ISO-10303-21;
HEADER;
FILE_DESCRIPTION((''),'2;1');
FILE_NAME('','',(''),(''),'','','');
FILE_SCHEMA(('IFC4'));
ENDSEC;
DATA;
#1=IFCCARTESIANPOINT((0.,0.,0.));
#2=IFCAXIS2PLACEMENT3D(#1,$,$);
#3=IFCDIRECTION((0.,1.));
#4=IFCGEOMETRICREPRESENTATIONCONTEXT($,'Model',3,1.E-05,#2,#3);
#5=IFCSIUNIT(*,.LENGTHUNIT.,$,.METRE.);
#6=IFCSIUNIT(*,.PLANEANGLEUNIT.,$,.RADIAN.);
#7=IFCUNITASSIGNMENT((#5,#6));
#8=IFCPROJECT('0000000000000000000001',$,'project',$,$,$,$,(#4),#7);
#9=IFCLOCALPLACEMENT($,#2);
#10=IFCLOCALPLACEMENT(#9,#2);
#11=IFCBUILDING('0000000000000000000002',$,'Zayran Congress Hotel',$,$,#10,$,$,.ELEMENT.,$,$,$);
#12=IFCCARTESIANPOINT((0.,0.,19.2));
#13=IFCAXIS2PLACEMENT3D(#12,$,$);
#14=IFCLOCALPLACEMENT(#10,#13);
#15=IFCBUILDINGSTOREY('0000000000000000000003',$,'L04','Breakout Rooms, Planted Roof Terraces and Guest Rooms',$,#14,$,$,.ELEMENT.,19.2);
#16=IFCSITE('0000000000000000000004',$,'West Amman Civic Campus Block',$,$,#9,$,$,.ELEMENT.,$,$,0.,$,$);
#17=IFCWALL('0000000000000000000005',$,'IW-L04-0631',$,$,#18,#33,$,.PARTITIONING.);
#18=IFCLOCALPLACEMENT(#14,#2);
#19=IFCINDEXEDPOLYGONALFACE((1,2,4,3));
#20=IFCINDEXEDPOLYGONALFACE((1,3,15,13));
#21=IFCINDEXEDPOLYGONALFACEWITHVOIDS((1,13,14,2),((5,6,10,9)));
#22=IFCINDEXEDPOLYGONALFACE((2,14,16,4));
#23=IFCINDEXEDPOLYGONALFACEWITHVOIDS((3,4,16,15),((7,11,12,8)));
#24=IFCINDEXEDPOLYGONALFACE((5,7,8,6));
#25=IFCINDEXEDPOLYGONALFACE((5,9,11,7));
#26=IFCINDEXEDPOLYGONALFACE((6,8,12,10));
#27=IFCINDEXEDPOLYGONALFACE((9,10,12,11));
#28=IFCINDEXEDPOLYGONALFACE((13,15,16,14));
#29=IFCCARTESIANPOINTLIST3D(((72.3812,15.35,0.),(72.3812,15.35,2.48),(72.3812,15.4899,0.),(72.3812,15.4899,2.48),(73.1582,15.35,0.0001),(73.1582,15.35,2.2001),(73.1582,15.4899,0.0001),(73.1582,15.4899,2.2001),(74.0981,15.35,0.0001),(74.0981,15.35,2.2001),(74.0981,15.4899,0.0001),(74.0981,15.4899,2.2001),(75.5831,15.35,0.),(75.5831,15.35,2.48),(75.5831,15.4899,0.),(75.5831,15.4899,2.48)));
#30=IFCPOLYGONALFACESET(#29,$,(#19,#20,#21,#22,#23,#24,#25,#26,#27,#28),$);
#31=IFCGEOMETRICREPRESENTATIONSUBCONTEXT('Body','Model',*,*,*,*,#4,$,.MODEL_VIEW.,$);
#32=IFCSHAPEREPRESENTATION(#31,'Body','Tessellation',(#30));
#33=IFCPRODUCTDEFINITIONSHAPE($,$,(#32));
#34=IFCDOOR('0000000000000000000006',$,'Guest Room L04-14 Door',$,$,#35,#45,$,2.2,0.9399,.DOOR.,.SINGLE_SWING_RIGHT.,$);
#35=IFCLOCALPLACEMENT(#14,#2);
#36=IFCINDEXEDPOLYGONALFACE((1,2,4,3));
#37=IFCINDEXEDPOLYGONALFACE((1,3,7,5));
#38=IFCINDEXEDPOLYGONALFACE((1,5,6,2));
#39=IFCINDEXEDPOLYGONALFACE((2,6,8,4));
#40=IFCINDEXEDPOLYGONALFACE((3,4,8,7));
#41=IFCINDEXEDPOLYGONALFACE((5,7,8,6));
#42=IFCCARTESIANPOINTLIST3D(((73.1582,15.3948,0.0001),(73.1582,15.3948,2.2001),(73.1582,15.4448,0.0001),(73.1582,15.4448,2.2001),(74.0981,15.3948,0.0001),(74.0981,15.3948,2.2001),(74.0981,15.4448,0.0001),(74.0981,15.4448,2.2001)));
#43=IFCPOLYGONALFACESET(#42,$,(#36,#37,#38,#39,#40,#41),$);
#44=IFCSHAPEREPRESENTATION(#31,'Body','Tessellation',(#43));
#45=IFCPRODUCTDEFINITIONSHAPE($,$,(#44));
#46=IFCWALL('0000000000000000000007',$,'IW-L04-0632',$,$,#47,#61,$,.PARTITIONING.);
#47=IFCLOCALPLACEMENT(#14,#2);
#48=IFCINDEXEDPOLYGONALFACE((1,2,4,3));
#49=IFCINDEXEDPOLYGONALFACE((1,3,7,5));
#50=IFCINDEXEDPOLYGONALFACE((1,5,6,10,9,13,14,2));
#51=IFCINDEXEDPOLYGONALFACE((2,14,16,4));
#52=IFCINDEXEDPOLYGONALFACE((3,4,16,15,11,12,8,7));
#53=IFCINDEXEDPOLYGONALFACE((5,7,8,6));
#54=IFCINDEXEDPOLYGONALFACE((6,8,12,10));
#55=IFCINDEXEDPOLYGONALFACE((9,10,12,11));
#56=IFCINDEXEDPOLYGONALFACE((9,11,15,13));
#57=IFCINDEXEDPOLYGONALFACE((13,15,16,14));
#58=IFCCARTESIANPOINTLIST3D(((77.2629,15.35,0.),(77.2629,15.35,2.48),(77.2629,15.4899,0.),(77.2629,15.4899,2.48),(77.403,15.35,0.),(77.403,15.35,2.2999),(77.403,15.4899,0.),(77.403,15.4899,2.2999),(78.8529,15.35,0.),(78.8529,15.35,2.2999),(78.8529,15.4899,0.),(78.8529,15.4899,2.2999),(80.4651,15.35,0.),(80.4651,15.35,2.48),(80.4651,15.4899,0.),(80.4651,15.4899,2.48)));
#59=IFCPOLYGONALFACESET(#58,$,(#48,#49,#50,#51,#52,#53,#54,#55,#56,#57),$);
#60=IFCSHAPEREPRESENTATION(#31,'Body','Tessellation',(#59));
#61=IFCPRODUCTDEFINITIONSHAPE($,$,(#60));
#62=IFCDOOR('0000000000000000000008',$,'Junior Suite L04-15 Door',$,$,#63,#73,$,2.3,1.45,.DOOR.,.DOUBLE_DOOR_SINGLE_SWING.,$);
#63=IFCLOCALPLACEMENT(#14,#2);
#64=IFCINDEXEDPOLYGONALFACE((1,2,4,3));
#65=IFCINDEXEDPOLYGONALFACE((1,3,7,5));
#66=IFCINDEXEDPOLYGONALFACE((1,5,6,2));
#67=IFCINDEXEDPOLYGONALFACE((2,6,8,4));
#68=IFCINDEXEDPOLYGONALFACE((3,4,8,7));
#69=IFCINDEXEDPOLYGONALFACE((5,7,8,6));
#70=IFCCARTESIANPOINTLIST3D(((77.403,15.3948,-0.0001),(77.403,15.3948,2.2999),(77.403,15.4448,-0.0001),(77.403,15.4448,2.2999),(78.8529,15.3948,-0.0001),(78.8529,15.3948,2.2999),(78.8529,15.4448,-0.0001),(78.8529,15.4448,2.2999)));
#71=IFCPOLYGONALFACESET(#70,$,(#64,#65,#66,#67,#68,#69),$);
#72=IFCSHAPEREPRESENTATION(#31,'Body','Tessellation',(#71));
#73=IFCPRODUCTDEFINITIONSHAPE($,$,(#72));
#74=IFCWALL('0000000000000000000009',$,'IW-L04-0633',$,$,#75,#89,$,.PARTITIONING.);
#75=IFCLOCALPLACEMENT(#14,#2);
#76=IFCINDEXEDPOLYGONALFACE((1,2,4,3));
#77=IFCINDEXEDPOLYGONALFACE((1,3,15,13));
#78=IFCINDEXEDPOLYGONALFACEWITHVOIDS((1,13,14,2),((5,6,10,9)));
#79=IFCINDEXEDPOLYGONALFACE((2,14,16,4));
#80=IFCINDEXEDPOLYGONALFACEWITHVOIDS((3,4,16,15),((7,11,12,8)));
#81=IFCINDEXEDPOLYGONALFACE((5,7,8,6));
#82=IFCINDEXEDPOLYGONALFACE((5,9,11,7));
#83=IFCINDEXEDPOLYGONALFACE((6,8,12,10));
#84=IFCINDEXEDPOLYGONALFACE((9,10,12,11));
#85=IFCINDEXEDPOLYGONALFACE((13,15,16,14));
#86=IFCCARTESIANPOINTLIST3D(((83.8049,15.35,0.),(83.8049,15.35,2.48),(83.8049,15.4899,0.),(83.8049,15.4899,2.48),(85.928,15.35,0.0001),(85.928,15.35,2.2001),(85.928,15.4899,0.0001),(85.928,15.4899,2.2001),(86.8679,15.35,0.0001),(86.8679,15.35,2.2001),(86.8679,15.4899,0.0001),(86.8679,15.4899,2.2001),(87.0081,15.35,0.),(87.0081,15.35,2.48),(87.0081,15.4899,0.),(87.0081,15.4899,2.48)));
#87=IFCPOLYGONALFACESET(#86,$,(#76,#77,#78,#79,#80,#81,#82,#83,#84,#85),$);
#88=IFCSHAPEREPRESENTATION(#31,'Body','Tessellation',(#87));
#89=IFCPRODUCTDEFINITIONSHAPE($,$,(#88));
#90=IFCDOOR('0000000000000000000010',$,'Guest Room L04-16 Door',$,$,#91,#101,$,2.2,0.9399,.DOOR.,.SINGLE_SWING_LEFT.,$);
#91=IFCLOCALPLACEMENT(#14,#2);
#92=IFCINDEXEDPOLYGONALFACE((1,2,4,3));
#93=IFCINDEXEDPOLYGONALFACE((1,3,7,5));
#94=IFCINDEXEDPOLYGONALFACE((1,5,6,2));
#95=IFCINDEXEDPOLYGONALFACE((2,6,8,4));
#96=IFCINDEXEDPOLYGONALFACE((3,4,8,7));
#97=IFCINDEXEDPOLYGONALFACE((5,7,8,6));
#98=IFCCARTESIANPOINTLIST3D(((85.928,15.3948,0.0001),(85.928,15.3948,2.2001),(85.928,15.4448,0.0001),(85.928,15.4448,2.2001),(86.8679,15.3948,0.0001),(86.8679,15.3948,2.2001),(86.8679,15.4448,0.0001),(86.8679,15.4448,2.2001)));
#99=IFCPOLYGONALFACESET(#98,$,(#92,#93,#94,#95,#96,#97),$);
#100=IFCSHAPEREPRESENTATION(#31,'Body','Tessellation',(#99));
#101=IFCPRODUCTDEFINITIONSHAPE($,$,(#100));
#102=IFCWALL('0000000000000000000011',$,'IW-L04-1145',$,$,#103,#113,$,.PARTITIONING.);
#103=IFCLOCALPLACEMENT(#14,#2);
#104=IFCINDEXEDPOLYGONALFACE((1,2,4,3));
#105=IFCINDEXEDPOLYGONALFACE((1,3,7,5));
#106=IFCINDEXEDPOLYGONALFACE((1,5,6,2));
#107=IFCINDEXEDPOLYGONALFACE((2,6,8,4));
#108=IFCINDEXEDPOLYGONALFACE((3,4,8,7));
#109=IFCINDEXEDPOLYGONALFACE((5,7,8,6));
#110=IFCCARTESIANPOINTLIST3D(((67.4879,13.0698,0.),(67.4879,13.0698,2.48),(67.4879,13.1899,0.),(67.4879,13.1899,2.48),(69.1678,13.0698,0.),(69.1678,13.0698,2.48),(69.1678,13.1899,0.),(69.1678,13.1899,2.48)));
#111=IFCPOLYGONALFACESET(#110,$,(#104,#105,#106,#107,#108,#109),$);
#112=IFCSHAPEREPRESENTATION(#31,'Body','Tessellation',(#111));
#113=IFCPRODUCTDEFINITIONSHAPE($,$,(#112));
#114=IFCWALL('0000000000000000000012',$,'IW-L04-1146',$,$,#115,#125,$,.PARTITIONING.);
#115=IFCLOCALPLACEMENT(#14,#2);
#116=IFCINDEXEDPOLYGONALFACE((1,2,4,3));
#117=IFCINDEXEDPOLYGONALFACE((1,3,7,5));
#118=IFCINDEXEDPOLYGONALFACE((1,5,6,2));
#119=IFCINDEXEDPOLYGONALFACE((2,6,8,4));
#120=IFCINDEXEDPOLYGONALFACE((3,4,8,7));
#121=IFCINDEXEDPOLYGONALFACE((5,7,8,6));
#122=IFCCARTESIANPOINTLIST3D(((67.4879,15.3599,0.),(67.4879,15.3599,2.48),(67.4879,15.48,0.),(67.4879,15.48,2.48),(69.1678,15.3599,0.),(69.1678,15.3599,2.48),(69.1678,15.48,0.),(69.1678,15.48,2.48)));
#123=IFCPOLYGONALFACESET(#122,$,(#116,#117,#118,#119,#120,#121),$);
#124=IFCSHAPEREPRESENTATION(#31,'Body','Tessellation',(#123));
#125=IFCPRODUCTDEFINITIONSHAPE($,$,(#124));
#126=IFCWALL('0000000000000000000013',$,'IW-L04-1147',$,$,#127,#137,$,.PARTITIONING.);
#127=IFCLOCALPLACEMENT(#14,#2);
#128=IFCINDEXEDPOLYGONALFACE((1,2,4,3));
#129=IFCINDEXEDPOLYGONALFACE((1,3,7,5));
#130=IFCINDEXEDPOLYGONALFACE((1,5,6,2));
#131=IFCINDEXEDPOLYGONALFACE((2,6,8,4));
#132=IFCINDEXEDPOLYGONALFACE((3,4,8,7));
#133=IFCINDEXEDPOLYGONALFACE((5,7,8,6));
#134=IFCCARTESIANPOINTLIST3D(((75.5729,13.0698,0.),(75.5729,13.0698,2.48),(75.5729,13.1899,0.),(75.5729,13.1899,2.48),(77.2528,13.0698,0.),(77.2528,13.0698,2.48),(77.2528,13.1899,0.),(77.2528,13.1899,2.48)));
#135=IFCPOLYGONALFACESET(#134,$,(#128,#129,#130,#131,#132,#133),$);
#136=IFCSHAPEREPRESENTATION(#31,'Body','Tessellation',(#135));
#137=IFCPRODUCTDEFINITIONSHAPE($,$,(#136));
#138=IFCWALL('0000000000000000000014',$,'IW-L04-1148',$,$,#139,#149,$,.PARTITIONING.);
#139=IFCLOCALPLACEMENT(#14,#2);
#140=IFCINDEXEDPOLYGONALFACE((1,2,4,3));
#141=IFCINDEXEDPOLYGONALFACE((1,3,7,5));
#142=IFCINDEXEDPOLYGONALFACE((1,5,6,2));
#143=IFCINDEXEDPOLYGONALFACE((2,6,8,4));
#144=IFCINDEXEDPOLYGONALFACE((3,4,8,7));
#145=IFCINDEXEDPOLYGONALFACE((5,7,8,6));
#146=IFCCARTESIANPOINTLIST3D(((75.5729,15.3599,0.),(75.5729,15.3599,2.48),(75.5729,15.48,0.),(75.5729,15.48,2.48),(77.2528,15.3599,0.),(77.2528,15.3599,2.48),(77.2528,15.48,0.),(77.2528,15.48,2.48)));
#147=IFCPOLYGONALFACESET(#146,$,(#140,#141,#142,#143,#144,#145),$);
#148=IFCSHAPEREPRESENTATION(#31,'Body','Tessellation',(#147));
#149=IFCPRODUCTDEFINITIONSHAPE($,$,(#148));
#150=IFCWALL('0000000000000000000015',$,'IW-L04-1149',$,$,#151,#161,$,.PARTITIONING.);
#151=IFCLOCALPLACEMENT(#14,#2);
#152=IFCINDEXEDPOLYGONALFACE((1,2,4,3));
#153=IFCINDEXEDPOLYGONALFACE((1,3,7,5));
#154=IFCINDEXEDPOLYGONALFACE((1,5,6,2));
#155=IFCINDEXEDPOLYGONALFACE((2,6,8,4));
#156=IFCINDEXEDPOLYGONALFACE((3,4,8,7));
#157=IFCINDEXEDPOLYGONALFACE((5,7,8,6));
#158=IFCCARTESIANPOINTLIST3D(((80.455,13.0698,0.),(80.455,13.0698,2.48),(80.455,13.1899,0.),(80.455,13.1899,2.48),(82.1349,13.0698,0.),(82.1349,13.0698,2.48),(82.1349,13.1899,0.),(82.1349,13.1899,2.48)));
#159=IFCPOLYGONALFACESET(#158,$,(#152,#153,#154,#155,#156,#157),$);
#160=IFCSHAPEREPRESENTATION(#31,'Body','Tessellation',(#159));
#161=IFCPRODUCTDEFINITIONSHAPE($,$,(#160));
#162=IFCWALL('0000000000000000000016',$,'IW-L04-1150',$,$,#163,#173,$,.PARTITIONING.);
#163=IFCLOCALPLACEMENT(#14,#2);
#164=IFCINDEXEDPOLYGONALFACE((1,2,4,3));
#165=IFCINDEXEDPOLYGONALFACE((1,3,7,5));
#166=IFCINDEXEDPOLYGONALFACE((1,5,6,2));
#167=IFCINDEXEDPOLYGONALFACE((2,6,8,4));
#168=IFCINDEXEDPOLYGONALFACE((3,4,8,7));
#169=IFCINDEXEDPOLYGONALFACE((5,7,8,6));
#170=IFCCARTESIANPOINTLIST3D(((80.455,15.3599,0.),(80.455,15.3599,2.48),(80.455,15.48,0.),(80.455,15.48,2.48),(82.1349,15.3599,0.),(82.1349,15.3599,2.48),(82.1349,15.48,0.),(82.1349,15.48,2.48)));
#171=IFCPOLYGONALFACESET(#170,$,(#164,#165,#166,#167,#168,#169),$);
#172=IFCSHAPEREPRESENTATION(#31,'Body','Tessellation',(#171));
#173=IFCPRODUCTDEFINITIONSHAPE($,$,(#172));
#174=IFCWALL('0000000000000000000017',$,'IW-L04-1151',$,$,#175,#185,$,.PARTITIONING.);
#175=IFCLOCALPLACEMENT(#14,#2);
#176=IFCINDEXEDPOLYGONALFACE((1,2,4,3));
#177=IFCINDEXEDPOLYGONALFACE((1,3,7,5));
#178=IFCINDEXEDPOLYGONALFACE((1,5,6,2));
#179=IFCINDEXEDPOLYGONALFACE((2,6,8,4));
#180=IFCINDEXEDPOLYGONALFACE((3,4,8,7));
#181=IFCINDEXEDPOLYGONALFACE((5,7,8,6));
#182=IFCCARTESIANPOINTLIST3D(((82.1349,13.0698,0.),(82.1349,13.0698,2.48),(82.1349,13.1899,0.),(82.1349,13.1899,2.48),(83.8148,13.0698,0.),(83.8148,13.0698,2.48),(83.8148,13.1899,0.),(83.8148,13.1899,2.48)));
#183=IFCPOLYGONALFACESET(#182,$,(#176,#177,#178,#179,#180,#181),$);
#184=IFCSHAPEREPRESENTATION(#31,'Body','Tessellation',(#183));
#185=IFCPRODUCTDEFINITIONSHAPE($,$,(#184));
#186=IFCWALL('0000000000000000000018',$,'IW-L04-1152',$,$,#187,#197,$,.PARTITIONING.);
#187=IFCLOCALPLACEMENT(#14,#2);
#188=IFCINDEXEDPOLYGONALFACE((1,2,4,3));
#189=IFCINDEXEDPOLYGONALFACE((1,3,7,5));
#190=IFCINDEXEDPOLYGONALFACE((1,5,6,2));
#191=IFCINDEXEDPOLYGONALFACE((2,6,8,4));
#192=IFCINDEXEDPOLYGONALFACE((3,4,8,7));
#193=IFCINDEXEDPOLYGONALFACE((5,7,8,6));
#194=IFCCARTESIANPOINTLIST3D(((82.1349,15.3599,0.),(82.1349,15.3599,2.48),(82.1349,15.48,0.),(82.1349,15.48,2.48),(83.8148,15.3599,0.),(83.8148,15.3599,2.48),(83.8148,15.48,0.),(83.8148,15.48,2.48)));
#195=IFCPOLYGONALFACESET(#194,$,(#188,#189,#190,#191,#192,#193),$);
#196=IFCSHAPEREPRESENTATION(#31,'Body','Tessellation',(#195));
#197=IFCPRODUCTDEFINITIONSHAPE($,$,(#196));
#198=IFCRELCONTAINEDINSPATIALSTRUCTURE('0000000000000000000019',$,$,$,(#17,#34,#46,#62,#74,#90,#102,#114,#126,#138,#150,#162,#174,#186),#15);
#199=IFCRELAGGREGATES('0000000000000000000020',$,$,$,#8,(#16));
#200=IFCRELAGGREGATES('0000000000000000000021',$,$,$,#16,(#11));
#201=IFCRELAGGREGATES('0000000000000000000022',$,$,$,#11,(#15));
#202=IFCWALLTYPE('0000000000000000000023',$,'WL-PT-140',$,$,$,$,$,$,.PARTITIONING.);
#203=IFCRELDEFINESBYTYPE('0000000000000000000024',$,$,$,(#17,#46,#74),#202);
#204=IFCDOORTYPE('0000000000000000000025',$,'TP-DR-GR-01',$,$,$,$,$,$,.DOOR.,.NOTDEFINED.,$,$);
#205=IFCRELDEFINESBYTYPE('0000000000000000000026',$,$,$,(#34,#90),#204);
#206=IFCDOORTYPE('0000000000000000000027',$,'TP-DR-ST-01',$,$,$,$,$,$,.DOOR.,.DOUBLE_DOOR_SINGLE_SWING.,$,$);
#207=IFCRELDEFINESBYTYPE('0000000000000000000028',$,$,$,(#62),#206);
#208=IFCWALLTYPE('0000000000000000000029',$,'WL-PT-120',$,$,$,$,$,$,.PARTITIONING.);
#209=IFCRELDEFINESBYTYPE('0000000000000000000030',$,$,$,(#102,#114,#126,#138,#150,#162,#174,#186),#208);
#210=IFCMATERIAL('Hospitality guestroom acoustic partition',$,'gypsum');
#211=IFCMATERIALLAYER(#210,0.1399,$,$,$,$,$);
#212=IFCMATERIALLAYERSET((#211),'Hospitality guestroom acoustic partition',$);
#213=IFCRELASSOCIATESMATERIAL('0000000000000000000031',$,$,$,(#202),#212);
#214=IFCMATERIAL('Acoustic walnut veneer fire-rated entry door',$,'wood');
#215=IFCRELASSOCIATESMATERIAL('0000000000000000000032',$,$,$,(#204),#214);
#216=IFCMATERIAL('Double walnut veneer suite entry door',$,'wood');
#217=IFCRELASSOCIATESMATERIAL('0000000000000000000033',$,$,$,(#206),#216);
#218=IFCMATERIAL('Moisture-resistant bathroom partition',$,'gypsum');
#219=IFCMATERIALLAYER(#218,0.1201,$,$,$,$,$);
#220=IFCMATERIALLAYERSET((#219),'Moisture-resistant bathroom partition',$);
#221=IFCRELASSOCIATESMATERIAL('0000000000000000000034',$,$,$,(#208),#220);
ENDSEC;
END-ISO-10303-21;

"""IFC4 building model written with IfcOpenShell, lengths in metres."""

from ifc_helpers import new_model, si_unit, direction, frame, frame_2d, origin, place, context, subcontext, project, spatial, rectangle, extrude, material, layer, layer_set, type_object, element, fill, save


model = new_model("IFC4")

# Units and contexts
model_context = context("Model", 3, precision=1e-05, world=origin(), true_north=direction((0.0, 1.0)))
body_context = subcontext(model_context, "Body", "Model", "MODEL_VIEW")
ifc_project = project(units=[si_unit("LENGTHUNIT", "METRE"), si_unit("PLANEANGLEUNIT", "RADIAN")], contexts=[model_context])

# Site, building, storey
site_placement = place(None, origin())
site = spatial("IfcSite", under=ifc_project, at=site_placement, Name="West Amman Civic Campus Block", CompositionType="ELEMENT", RefElevation=0.0)
building_placement = place(site_placement, origin())
building = spatial("IfcBuilding", under=site, at=building_placement, Name="Zayran Congress Hotel", CompositionType="ELEMENT")
storey_placement = place(building_placement, frame((0.0, 0.0, 19.2)))
storey = spatial("IfcBuildingStorey", under=building, at=storey_placement, Name="L04", Description="Breakout Rooms, Planted Roof Terraces and Guest Rooms", CompositionType="ELEMENT", Elevation=19.2)

# Walls, openings, doors
ifc_material_1 = material(Name="Hospitality guestroom acoustic partition", Category="gypsum")
ifc_layer_1 = layer(ifc_material_1, 0.1399)
ifc_layer_set_1 = layer_set([ifc_layer_1], Name="Hospitality guestroom acoustic partition")
wall_type_1 = type_object("IfcWallType", Name="WL-PT-140", PredefinedType="PARTITIONING", material=ifc_layer_set_1)
ifc_material_2 = material(Name="Acoustic walnut veneer fire-rated entry door", Category="wood")
door_type_1 = type_object("IfcDoorType", Name="TP-DR-GR-01", OperationType="NOTDEFINED", PredefinedType="DOOR", material=ifc_material_2)
wall_1_placement = place(storey_placement, frame((72.3811, 15.4199, 0.0), z_axis=(0.0, 0.0, 1.0), x_axis=(1.0, 0.0, 0.0)))
wall_1 = element("IfcWall", 1, at=wall_1_placement, inside=storey, type_object=wall_type_1, Name="IW-L04-0631", PredefinedType="PARTITIONING", context=body_context, shape_type="SweptSolid", body=[
    extrude(rectangle(XDim=3.2019, YDim=0.1399, at=frame_2d((1.6011, 0.0))), origin(), (0.0, 0.0, 1.0), 2.48),
])
opening_1_placement = place(wall_1_placement, frame((0.7771, 0.0, 0.0)))
opening_1 = element("IfcOpeningElement", 2, at=opening_1_placement, cuts=wall_1, PredefinedType="OPENING", context=body_context, shape_type="SweptSolid", body=[
    extrude(rectangle(XDim=0.9399, YDim=2.2, at=frame_2d((0.47, 1.1001))), frame((0.0, 0.0798, 0.0), z_axis=(0.0, -1.0, 0.0), x_axis=(1.0, 0.0, 0.0)), (0.0, 0.0, 1.0), 0.1599),
])
door_1_placement = place(opening_1_placement, origin())
door_1 = element("IfcDoor", 3, at=door_1_placement, inside=storey, type_object=door_type_1, Name="Guest Room L04-14 Door", OperationType="SINGLE_SWING_RIGHT", OverallHeight=2.2, OverallWidth=0.9399, PredefinedType="DOOR", context=body_context, shape_type="SweptSolid", body=[
    extrude(rectangle(XDim=0.9399, YDim=2.2, at=frame_2d((0.47, 1.1001))), frame((0.0, 0.0249, 0.0), z_axis=(0.0, -1.0, 0.0), x_axis=(1.0, 0.0, 0.0)), (0.0, 0.0, 1.0), 0.05),
])
fill(opening_1, door_1)
wall_2_placement = place(storey_placement, frame((77.2629, 15.4199, 0.0), z_axis=(0.0, 0.0, 1.0), x_axis=(1.0, 0.0, 0.0)))
wall_2 = element("IfcWall", 4, at=wall_2_placement, inside=storey, type_object=wall_type_1, Name="IW-L04-0632", PredefinedType="PARTITIONING", context=body_context, shape_type="SweptSolid", body=[
    extrude(rectangle(XDim=3.2021, YDim=0.1399, at=frame_2d((1.6011, 0.0))), origin(), (0.0, 0.0, 1.0), 2.48),
])
opening_2_placement = place(wall_2_placement, frame((0.1399, 0.0, 0.0)))
opening_2 = element("IfcOpeningElement", 5, at=opening_2_placement, cuts=wall_2, PredefinedType="OPENING", context=body_context, shape_type="SweptSolid", body=[
    extrude(rectangle(XDim=1.45, YDim=2.3, at=frame_2d((0.7251, 1.1499))), frame((0.0, 0.0798, 0.0), z_axis=(0.0, -1.0, 0.0), x_axis=(1.0, 0.0, 0.0)), (0.0, 0.0, 1.0), 0.1599),
])
ifc_material_3 = material(Name="Double walnut veneer suite entry door", Category="wood")
door_type_2 = type_object("IfcDoorType", Name="TP-DR-ST-01", OperationType="DOUBLE_DOOR_SINGLE_SWING", PredefinedType="DOOR", material=ifc_material_3)
door_2_placement = place(opening_2_placement, origin())
door_2 = element("IfcDoor", 6, at=door_2_placement, inside=storey, type_object=door_type_2, Name="Junior Suite L04-15 Door", OperationType="DOUBLE_DOOR_SINGLE_SWING", OverallHeight=2.3, OverallWidth=1.45, PredefinedType="DOOR", context=body_context, shape_type="SweptSolid", body=[
    extrude(rectangle(XDim=1.45, YDim=2.3, at=frame_2d((0.7251, 1.1499))), frame((0.0, 0.0249, 0.0), z_axis=(0.0, -1.0, 0.0), x_axis=(1.0, 0.0, 0.0)), (0.0, 0.0, 1.0), 0.05),
])
fill(opening_2, door_2)
wall_3_placement = place(storey_placement, frame((83.8049, 15.4199, 0.0), z_axis=(0.0, 0.0, 1.0), x_axis=(1.0, 0.0, 0.0)))
wall_3 = element("IfcWall", 7, at=wall_3_placement, inside=storey, type_object=wall_type_1, Name="IW-L04-0633", PredefinedType="PARTITIONING", context=body_context, shape_type="SweptSolid", body=[
    extrude(rectangle(XDim=3.2031, YDim=0.1399, at=frame_2d((1.6016, 0.0))), origin(), (0.0, 0.0, 1.0), 2.48),
])
opening_3_placement = place(wall_3_placement, frame((2.123, 0.0, 0.0)))
opening_3 = element("IfcOpeningElement", 8, at=opening_3_placement, cuts=wall_3, PredefinedType="OPENING", context=body_context, shape_type="SweptSolid", body=[
    extrude(rectangle(XDim=0.9399, YDim=2.2, at=frame_2d((0.47, 1.1001))), frame((0.0, 0.0798, 0.0), z_axis=(0.0, -1.0, 0.0), x_axis=(1.0, 0.0, 0.0)), (0.0, 0.0, 1.0), 0.1599),
])
door_3_placement = place(opening_3_placement, origin())
door_3 = element("IfcDoor", 9, at=door_3_placement, inside=storey, type_object=door_type_1, Name="Guest Room L04-16 Door", OperationType="SINGLE_SWING_LEFT", OverallHeight=2.2, OverallWidth=0.9399, PredefinedType="DOOR", context=body_context, shape_type="SweptSolid", body=[
    extrude(rectangle(XDim=0.9399, YDim=2.2, at=frame_2d((0.47, 1.1001))), frame((0.0, 0.0249, 0.0), z_axis=(0.0, -1.0, 0.0), x_axis=(1.0, 0.0, 0.0)), (0.0, 0.0, 1.0), 0.05),
])
fill(opening_3, door_3)

# Walls
ifc_material_4 = material(Name="Moisture-resistant bathroom partition", Category="gypsum")
ifc_layer_2 = layer(ifc_material_4, 0.1201)
ifc_layer_set_2 = layer_set([ifc_layer_2], Name="Moisture-resistant bathroom partition")
wall_type_2 = type_object("IfcWallType", Name="WL-PT-120", PredefinedType="PARTITIONING", material=ifc_layer_set_2)
for number, where, z_axis, x_axis, name in (
    (10, (67.488, 13.1299, 0.0), (0.0, 0.0, 1.0), (1.0, 0.0, 0.0), "IW-L04-1145"),
    (11, (67.488, 15.4199, 0.0), (0.0, 0.0, 1.0), (1.0, 0.0, 0.0), "IW-L04-1146"),
    (12, (75.573, 13.1299, 0.0), (0.0, 0.0, 1.0), (1.0, 0.0, 0.0), "IW-L04-1147"),
    (13, (75.573, 15.4199, 0.0), (0.0, 0.0, 1.0), (1.0, 0.0, 0.0), "IW-L04-1148"),
    (14, (80.4551, 13.1299, 0.0), (0.0, 0.0, 1.0), (1.0, 0.0, 0.0), "IW-L04-1149"),
    (15, (80.4551, 15.4199, 0.0), (0.0, 0.0, 1.0), (1.0, 0.0, 0.0), "IW-L04-1150"),
    (16, (82.135, 13.1299, 0.0), (0.0, 0.0, 1.0), (1.0, 0.0, 0.0), "IW-L04-1151"),
    (17, (82.135, 15.4199, 0.0), (0.0, 0.0, 1.0), (1.0, 0.0, 0.0), "IW-L04-1152"),
):
    element("IfcWall", number, at=place(storey_placement, frame(where, z_axis=z_axis, x_axis=x_axis)), inside=storey, type_object=wall_type_2, Name=name, PredefinedType="PARTITIONING", context=body_context, shape_type="SweptSolid", body=[
        extrude(rectangle(XDim=1.6799, YDim=0.1201, at=frame_2d((0.8398, 0.0))), origin(), (0.0, 0.0, 1.0), 2.48),
    ])

save(model, "model.ifc")
